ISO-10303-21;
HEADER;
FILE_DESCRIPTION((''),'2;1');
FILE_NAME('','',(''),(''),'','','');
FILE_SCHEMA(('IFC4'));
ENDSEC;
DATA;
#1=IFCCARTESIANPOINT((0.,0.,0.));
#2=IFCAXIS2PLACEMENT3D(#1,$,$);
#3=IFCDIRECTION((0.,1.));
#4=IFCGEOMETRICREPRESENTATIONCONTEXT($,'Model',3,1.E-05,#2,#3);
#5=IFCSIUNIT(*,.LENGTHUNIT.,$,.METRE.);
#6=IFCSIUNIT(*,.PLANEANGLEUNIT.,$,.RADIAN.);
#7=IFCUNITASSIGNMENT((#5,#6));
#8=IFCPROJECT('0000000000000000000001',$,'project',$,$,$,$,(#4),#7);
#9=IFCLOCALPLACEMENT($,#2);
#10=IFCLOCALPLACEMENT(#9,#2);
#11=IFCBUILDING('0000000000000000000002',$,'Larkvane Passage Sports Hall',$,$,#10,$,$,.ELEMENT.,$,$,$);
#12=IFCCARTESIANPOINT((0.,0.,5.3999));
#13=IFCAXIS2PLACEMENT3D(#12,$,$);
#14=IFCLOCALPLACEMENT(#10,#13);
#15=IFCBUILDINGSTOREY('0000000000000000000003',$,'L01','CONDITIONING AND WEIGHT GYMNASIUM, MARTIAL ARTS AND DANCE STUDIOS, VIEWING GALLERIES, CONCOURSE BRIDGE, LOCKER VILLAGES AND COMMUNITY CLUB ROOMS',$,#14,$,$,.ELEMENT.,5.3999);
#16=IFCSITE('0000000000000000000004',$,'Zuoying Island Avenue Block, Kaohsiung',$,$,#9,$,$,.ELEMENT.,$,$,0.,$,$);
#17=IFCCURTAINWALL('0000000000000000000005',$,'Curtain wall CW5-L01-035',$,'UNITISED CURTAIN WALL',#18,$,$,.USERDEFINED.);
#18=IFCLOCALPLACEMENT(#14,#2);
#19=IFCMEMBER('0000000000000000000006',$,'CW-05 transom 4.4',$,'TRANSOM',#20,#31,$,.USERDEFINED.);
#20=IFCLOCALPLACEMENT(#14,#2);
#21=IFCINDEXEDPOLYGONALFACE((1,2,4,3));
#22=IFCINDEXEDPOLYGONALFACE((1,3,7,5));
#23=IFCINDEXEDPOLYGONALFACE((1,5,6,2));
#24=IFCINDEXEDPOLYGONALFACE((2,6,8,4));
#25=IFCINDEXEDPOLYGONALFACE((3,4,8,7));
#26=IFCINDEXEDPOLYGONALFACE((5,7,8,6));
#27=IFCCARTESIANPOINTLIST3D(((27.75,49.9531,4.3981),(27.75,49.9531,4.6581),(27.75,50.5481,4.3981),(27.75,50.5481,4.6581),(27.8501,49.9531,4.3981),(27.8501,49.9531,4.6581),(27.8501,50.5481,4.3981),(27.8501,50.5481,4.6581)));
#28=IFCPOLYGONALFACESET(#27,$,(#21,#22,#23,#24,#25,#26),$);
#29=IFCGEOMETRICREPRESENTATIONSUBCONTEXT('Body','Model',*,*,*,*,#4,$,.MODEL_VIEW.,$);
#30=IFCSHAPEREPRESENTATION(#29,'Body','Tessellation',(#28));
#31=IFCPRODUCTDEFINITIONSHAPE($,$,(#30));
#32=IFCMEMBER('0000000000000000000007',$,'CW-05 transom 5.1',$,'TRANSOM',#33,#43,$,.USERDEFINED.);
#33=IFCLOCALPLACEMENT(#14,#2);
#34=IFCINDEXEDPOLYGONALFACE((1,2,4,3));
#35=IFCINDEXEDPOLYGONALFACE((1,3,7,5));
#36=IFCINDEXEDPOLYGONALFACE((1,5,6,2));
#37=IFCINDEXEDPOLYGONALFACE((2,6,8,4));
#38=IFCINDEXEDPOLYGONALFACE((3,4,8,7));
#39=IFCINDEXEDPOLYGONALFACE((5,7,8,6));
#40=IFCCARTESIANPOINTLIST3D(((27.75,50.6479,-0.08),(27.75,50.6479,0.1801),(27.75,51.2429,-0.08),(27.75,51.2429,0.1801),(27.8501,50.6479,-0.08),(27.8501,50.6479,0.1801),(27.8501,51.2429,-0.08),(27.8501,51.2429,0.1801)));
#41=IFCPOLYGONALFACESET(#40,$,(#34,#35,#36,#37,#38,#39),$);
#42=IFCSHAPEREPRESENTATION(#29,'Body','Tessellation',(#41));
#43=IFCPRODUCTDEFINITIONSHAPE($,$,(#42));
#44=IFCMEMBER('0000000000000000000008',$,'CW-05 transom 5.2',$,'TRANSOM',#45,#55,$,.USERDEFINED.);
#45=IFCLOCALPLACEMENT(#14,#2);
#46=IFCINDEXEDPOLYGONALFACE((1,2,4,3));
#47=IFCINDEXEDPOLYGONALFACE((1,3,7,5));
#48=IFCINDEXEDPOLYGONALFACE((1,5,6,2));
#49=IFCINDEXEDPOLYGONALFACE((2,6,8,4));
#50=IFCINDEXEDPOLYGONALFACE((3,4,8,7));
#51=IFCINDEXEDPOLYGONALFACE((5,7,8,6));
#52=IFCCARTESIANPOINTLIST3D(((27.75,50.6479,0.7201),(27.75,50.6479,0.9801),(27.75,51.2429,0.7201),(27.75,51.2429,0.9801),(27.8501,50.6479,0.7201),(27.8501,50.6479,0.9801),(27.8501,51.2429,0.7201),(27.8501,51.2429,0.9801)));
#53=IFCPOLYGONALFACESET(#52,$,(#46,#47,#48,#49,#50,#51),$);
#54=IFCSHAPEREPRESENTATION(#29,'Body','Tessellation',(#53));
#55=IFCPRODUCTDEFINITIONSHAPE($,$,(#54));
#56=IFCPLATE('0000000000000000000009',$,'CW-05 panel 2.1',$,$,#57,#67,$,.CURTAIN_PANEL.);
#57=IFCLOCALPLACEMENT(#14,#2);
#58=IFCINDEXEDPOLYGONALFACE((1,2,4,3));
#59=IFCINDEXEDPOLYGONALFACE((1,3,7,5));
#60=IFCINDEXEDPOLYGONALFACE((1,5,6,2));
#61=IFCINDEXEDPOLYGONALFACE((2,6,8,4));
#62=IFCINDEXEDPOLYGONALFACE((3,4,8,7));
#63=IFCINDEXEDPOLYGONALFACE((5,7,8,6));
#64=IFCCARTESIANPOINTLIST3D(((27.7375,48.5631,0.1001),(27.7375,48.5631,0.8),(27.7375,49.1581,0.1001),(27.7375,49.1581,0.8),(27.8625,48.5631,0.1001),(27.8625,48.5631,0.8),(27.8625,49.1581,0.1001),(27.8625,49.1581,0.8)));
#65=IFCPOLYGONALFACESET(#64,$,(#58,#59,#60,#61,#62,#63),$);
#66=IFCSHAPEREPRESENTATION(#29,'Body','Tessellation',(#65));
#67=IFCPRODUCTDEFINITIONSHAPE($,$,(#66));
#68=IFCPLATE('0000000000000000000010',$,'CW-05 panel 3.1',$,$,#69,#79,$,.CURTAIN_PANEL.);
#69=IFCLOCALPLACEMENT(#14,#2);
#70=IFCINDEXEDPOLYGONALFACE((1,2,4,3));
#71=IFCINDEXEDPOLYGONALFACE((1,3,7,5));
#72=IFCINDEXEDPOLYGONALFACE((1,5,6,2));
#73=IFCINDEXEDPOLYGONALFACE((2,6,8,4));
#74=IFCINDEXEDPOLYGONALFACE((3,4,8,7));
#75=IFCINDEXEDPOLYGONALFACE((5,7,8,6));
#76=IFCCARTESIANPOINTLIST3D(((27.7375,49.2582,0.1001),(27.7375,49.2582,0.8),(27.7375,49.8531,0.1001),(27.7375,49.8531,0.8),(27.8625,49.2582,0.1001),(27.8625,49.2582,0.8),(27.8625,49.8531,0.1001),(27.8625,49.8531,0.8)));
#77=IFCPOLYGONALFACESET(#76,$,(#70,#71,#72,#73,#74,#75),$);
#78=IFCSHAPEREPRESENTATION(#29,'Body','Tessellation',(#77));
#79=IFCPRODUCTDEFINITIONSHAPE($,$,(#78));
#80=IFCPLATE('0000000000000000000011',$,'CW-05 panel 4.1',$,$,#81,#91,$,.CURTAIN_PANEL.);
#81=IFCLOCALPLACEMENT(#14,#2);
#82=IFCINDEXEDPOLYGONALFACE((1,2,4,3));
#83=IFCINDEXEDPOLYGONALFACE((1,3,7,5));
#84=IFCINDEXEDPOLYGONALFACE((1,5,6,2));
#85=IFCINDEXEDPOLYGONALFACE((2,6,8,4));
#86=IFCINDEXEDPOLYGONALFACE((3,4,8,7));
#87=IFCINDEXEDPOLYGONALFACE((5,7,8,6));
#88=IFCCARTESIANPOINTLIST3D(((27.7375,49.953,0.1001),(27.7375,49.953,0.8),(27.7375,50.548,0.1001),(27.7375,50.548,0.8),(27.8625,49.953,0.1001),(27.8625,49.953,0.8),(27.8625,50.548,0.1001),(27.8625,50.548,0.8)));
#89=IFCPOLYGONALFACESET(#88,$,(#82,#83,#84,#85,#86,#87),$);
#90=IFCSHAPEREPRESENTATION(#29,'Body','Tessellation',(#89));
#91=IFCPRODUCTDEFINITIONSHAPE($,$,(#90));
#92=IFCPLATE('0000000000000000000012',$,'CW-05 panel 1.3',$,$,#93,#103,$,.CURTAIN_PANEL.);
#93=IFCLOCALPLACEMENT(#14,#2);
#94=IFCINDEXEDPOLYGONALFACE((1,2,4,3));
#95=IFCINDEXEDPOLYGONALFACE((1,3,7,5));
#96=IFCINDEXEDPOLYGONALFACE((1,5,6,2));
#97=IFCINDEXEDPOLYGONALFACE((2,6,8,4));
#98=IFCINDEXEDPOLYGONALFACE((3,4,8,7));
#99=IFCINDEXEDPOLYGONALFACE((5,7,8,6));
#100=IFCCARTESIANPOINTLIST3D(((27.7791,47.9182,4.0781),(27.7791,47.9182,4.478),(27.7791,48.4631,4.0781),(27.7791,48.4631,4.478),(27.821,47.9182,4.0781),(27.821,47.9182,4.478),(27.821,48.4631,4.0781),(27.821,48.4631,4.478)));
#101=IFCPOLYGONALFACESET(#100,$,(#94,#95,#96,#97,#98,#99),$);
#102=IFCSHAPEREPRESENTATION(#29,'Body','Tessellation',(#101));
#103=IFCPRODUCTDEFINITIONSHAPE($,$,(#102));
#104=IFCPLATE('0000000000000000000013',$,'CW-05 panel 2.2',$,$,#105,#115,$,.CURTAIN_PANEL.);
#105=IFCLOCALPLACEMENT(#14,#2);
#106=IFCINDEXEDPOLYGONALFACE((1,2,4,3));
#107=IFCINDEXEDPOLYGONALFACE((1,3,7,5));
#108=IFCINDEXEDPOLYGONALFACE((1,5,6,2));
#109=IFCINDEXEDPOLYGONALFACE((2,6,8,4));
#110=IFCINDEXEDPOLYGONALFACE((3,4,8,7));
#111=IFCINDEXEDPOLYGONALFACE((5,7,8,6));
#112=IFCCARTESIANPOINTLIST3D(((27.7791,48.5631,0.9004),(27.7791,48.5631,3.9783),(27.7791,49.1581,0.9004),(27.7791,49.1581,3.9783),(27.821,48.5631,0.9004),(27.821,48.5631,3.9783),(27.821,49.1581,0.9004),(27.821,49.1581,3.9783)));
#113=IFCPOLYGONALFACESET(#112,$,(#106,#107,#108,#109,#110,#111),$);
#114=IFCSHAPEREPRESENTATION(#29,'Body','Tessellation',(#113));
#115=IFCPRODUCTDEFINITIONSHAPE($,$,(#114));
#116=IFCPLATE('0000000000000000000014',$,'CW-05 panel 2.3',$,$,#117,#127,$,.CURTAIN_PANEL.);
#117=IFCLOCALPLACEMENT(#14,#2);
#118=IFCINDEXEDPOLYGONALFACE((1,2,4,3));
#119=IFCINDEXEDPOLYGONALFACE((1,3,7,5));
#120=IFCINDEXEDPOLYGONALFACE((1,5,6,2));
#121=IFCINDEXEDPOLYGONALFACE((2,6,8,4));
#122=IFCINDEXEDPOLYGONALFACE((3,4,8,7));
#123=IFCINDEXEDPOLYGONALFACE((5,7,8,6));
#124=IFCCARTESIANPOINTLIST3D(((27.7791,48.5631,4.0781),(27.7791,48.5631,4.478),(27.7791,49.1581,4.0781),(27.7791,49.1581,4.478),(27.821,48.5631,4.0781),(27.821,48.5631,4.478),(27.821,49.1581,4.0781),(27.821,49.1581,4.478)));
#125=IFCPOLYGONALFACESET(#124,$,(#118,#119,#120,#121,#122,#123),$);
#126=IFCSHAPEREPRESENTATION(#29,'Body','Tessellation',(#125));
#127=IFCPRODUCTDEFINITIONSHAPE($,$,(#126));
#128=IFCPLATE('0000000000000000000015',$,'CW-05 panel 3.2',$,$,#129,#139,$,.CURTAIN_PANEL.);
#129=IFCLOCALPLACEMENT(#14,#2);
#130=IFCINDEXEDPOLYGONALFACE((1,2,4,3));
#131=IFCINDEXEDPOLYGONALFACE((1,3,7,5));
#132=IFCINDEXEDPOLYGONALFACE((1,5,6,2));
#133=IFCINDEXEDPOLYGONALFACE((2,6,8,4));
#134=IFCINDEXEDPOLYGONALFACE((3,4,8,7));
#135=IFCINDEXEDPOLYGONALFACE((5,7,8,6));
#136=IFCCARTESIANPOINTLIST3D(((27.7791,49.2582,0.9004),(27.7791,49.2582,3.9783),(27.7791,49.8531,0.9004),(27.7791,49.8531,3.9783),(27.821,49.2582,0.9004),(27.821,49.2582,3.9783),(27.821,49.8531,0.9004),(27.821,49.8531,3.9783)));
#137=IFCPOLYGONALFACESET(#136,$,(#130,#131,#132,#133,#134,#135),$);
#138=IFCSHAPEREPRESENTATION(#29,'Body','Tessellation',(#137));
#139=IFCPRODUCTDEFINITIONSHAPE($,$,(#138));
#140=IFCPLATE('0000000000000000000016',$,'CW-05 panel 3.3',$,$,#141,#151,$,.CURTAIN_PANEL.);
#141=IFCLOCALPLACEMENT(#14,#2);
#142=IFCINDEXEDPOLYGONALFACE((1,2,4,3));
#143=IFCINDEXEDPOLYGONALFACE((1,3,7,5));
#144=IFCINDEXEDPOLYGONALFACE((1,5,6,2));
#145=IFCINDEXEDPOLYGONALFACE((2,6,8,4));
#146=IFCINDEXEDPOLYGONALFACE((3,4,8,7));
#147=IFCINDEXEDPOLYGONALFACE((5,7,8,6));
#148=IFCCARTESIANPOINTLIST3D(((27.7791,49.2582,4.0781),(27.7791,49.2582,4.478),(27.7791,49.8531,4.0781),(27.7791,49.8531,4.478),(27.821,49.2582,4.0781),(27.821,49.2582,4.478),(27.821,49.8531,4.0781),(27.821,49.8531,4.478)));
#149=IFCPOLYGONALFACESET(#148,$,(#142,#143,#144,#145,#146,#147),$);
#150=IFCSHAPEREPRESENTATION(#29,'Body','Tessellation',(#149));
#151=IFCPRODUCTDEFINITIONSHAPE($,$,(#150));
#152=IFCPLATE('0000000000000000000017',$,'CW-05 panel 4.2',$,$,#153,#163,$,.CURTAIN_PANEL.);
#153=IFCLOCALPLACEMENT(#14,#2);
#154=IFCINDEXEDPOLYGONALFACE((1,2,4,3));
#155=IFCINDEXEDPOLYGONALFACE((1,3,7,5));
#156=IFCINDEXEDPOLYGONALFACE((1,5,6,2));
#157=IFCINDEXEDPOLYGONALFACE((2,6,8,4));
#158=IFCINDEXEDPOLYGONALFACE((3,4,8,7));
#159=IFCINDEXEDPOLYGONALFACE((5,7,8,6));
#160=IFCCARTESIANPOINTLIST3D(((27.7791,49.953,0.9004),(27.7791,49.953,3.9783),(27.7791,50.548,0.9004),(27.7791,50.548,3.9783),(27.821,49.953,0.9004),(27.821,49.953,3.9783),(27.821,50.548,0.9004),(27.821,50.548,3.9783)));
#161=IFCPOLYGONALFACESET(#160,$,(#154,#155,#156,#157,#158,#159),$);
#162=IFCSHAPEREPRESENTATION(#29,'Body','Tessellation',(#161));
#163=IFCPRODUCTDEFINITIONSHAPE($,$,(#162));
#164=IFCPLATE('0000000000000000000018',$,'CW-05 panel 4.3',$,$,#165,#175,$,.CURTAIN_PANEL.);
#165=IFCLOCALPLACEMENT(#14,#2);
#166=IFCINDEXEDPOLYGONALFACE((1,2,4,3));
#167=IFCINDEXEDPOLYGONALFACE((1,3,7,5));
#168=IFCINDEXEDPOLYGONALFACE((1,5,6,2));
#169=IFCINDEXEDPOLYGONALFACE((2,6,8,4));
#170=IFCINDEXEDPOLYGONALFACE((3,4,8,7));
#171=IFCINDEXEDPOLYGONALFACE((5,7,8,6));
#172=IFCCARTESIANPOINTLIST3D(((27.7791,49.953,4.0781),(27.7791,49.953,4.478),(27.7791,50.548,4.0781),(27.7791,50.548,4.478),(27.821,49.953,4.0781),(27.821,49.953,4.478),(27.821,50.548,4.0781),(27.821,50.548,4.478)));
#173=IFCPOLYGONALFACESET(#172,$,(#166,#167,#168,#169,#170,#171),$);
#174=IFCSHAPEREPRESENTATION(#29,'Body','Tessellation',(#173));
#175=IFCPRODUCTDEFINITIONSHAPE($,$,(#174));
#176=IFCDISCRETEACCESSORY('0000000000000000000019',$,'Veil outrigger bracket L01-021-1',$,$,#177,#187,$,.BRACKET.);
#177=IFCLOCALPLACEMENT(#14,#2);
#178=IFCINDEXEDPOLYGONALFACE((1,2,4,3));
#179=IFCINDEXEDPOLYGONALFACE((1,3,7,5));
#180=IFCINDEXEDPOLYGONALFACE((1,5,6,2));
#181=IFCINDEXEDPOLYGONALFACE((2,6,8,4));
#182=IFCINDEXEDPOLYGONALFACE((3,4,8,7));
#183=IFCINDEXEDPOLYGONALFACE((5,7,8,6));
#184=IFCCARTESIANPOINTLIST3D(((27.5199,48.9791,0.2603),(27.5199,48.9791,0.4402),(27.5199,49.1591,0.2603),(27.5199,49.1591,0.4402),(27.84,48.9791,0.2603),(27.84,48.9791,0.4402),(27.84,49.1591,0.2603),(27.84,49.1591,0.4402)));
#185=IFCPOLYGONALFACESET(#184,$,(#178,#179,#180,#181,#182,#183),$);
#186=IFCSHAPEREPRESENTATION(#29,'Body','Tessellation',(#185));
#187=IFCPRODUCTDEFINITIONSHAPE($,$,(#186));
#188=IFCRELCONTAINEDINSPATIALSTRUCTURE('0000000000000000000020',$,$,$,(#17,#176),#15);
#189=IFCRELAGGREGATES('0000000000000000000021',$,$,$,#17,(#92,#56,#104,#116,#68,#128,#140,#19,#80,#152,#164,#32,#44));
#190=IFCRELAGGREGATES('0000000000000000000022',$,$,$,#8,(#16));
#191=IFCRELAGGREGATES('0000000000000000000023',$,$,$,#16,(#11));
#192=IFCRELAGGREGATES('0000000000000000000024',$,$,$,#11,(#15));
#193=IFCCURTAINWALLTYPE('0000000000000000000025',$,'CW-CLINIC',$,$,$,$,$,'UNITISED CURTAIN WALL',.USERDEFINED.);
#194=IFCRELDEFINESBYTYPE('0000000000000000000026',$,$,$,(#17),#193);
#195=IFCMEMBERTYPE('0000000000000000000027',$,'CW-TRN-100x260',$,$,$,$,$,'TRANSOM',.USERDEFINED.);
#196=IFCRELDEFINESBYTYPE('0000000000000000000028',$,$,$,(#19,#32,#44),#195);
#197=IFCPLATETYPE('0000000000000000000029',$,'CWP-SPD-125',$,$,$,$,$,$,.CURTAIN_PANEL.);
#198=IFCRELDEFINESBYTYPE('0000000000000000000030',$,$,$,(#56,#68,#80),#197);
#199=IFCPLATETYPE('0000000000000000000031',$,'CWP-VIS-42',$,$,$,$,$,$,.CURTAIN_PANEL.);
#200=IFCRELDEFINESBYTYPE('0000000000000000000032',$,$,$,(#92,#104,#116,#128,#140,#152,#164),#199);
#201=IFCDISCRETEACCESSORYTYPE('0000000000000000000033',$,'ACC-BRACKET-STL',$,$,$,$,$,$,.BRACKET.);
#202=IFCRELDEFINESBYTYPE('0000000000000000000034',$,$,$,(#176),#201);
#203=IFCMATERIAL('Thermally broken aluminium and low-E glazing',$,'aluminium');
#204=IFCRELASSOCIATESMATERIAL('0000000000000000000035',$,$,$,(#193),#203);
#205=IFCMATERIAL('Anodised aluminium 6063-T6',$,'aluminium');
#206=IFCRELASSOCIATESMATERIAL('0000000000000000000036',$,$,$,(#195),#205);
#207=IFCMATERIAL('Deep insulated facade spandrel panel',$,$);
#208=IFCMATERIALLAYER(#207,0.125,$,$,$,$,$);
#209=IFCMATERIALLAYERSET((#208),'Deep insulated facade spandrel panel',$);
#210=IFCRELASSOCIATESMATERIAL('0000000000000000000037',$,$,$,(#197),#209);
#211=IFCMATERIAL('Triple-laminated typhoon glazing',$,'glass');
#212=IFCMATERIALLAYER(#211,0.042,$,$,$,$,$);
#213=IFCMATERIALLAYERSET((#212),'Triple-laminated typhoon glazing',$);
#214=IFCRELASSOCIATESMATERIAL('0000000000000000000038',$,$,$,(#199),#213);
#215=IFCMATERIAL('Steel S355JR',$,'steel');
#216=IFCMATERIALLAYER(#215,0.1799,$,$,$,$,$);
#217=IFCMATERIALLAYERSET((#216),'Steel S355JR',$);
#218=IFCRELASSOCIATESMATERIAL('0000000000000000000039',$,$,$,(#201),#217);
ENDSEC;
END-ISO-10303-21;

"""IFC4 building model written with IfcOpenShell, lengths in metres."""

from ifc_helpers import new_model, si_unit, direction, frame, origin, origin_2d, place, context, subcontext, project, spatial, rectangle, extrude, material, layer, layer_set, material_profile, profile_set, type_object, element, aggregate, save


model = new_model("IFC4")

# Units and contexts
model_context = context("Model", 3, precision=1e-05, world=origin(), true_north=direction((0.0, 1.0)))
body_context = subcontext(model_context, "Body", "Model", "MODEL_VIEW")
ifc_project = project(units=[si_unit("LENGTHUNIT", "METRE"), si_unit("PLANEANGLEUNIT", "RADIAN")], contexts=[model_context])

# Site, building, storey
site_placement = place(None, origin())
site = spatial("IfcSite", under=ifc_project, at=site_placement, Name="Zuoying Island Avenue Block, Kaohsiung", CompositionType="ELEMENT", RefElevation=0.0)
building_placement = place(site_placement, origin())
building = spatial("IfcBuilding", under=site, at=building_placement, Name="Larkvane Passage Sports Hall", CompositionType="ELEMENT")
storey_placement = place(building_placement, frame((0.0, 0.0, 5.3999)))
storey = spatial("IfcBuildingStorey", under=building, at=storey_placement, Name="L01", Description="CONDITIONING AND WEIGHT GYMNASIUM, MARTIAL ARTS AND DANCE STUDIOS, VIEWING GALLERIES, CONCOURSE BRIDGE, LOCKER VILLAGES AND COMMUNITY CLUB ROOMS", CompositionType="ELEMENT", Elevation=5.3999)

# Curtain wall, members, plates
ifc_material_1 = material(Name="Thermally broken aluminium and low-E glazing", Category="aluminium")
curtain_wall_type = type_object("IfcCurtainWallType", Name="CW-CLINIC", ElementType="UNITISED CURTAIN WALL", PredefinedType="USERDEFINED", material=ifc_material_1)
curtain_wall_placement = place(storey_placement, origin())
curtain_wall = element("IfcCurtainWall", 1, at=curtain_wall_placement, inside=storey, type_object=curtain_wall_type, Name="Curtain wall CW5-L01-035", ObjectType="UNITISED CURTAIN WALL", PredefinedType="USERDEFINED")
ifc_material_2 = material(Name="Anodised aluminium 6063-T6", Category="aluminium")
ifc_material_profile_1 = material_profile(ifc_material_2, rectangle(XDim=0.1001, YDim=0.26, at=origin_2d()), Name="ALU-TRN-100x260")
ifc_profile_set_1 = profile_set([ifc_material_profile_1], Name="Anodised aluminium 6063-T6")
member_type_1 = type_object("IfcMemberType", Name="CW-TRN-100x260", ElementType="TRANSOM", PredefinedType="USERDEFINED", material=ifc_profile_set_1)
member_1_placement = place(storey_placement, frame((27.8, 49.9531, 4.5281), z_axis=(0.0, 1.0, 0.0), x_axis=(-1.0, 0.0, 0.0)))
member_1 = element("IfcMember", 2, at=member_1_placement, type_object=member_type_1, Name="CW-05 transom 4.4", ObjectType="TRANSOM", PredefinedType="USERDEFINED", context=body_context, shape_type="SweptSolid", body=[
    extrude(rectangle(XDim=0.1001, YDim=0.26, at=origin_2d()), origin(), (0.0, 0.0, 1.0), 0.595),
])
member_2_placement = place(storey_placement, frame((27.8, 50.6479, 0.05), z_axis=(0.0, 1.0, 0.0), x_axis=(-1.0, 0.0, 0.0)))
member_2 = element("IfcMember", 3, at=member_2_placement, type_object=member_type_1, Name="CW-05 transom 5.1", ObjectType="TRANSOM", PredefinedType="USERDEFINED", context=body_context, shape_type="SweptSolid", body=[
    extrude(rectangle(XDim=0.1001, YDim=0.26, at=origin_2d()), origin(), (0.0, 0.0, 1.0), 0.595),
])
member_3_placement = place(storey_placement, frame((27.8, 50.6479, 0.8501), z_axis=(0.0, 1.0, 0.0), x_axis=(-1.0, 0.0, 0.0)))
member_3 = element("IfcMember", 4, at=member_3_placement, type_object=member_type_1, Name="CW-05 transom 5.2", ObjectType="TRANSOM", PredefinedType="USERDEFINED", context=body_context, shape_type="SweptSolid", body=[
    extrude(rectangle(XDim=0.1001, YDim=0.26, at=origin_2d()), origin(), (0.0, 0.0, 1.0), 0.595),
])
ifc_material_3 = material(Name="Deep insulated facade spandrel panel")
ifc_layer_1 = layer(ifc_material_3, 0.125)
ifc_layer_set_1 = layer_set([ifc_layer_1], Name="Deep insulated facade spandrel panel")
plate_type_1 = type_object("IfcPlateType", Name="CWP-SPD-125", PredefinedType="CURTAIN_PANEL", material=ifc_layer_set_1)
plate_1_placement = place(storey_placement, frame((27.8, 48.8606, 0.1001), z_axis=(0.0, 0.0, 1.0), x_axis=(0.0, 1.0, 0.0)))
plate_1 = element("IfcPlate", 5, at=plate_1_placement, type_object=plate_type_1, Name="CW-05 panel 2.1", PredefinedType="CURTAIN_PANEL", context=body_context, shape_type="SweptSolid", body=[
    extrude(rectangle(XDim=0.595, YDim=0.125, at=origin_2d()), origin(), (0.0, 0.0, 1.0), 0.7),
])
plate_2_placement = place(storey_placement, frame((27.8, 49.5557, 0.1001), z_axis=(0.0, 0.0, 1.0), x_axis=(0.0, 1.0, 0.0)))
plate_2 = element("IfcPlate", 6, at=plate_2_placement, type_object=plate_type_1, Name="CW-05 panel 3.1", PredefinedType="CURTAIN_PANEL", context=body_context, shape_type="SweptSolid", body=[
    extrude(rectangle(XDim=0.595, YDim=0.125, at=origin_2d()), origin(), (0.0, 0.0, 1.0), 0.7),
])
plate_3_placement = place(storey_placement, frame((27.8, 50.2505, 0.1001), z_axis=(0.0, 0.0, 1.0), x_axis=(0.0, 1.0, 0.0)))
plate_3 = element("IfcPlate", 7, at=plate_3_placement, type_object=plate_type_1, Name="CW-05 panel 4.1", PredefinedType="CURTAIN_PANEL", context=body_context, shape_type="SweptSolid", body=[
    extrude(rectangle(XDim=0.595, YDim=0.125, at=origin_2d()), origin(), (0.0, 0.0, 1.0), 0.7),
])
ifc_material_4 = material(Name="Triple-laminated typhoon glazing", Category="glass")
ifc_layer_2 = layer(ifc_material_4, 0.042)
ifc_layer_set_2 = layer_set([ifc_layer_2], Name="Triple-laminated typhoon glazing")
plate_type_2 = type_object("IfcPlateType", Name="CWP-VIS-42", PredefinedType="CURTAIN_PANEL", material=ifc_layer_set_2)
plate_4_placement = place(storey_placement, frame((27.8, 48.1907, 4.0781), z_axis=(0.0, 0.0, 1.0), x_axis=(0.0, 1.0, 0.0)))
plate_4 = element("IfcPlate", 8, at=plate_4_placement, type_object=plate_type_2, Name="CW-05 panel 1.3", PredefinedType="CURTAIN_PANEL", context=body_context, shape_type="SweptSolid", body=[
    extrude(rectangle(XDim=0.5449, YDim=0.042, at=origin_2d()), origin(), (0.0, 0.0, 1.0), 0.3999),
])
plate_5_placement = place(storey_placement, frame((27.8, 48.8606, 0.9004), z_axis=(0.0, 0.0, 1.0), x_axis=(0.0, 1.0, 0.0)))
plate_5 = element("IfcPlate", 9, at=plate_5_placement, type_object=plate_type_2, Name="CW-05 panel 2.2", PredefinedType="CURTAIN_PANEL", context=body_context, shape_type="SweptSolid", body=[
    extrude(rectangle(XDim=0.595, YDim=0.042, at=origin_2d()), origin(), (0.0, 0.0, 1.0), 3.0779),
])
plate_6_placement = place(storey_placement, frame((27.8, 48.8606, 4.0781), z_axis=(0.0, 0.0, 1.0), x_axis=(0.0, 1.0, 0.0)))
plate_6 = element("IfcPlate", 10, at=plate_6_placement, type_object=plate_type_2, Name="CW-05 panel 2.3", PredefinedType="CURTAIN_PANEL", context=body_context, shape_type="SweptSolid", body=[
    extrude(rectangle(XDim=0.595, YDim=0.042, at=origin_2d()), origin(), (0.0, 0.0, 1.0), 0.3999),
])
plate_7_placement = place(storey_placement, frame((27.8, 49.5557, 0.9004), z_axis=(0.0, 0.0, 1.0), x_axis=(0.0, 1.0, 0.0)))
plate_7 = element("IfcPlate", 11, at=plate_7_placement, type_object=plate_type_2, Name="CW-05 panel 3.2", PredefinedType="CURTAIN_PANEL", context=body_context, shape_type="SweptSolid", body=[
    extrude(rectangle(XDim=0.595, YDim=0.042, at=origin_2d()), origin(), (0.0, 0.0, 1.0), 3.0779),
])
plate_8_placement = place(storey_placement, frame((27.8, 49.5557, 4.0781), z_axis=(0.0, 0.0, 1.0), x_axis=(0.0, 1.0, 0.0)))
plate_8 = element("IfcPlate", 12, at=plate_8_placement, type_object=plate_type_2, Name="CW-05 panel 3.3", PredefinedType="CURTAIN_PANEL", context=body_context, shape_type="SweptSolid", body=[
    extrude(rectangle(XDim=0.595, YDim=0.042, at=origin_2d()), origin(), (0.0, 0.0, 1.0), 0.3999),
])
plate_9_placement = place(storey_placement, frame((27.8, 50.2505, 0.9004), z_axis=(0.0, 0.0, 1.0), x_axis=(0.0, 1.0, 0.0)))
plate_9 = element("IfcPlate", 13, at=plate_9_placement, type_object=plate_type_2, Name="CW-05 panel 4.2", PredefinedType="CURTAIN_PANEL", context=body_context, shape_type="SweptSolid", body=[
    extrude(rectangle(XDim=0.595, YDim=0.042, at=origin_2d()), origin(), (0.0, 0.0, 1.0), 3.0779),
])
plate_10_placement = place(storey_placement, frame((27.8, 50.2505, 4.0781), z_axis=(0.0, 0.0, 1.0), x_axis=(0.0, 1.0, 0.0)))
plate_10 = element("IfcPlate", 14, at=plate_10_placement, type_object=plate_type_2, Name="CW-05 panel 4.3", PredefinedType="CURTAIN_PANEL", context=body_context, shape_type="SweptSolid", body=[
    extrude(rectangle(XDim=0.595, YDim=0.042, at=origin_2d()), origin(), (0.0, 0.0, 1.0), 0.3999),
])
aggregate(curtain_wall, [plate_4, plate_1, plate_5, plate_6, plate_2, plate_7, plate_8, member_1, plate_3, plate_9, plate_10, member_2, member_3])

# Discrete accessory
ifc_material_5 = material(Name="Steel S355JR", Category="steel")
ifc_layer_3 = layer(ifc_material_5, 0.1799)
ifc_layer_set_3 = layer_set([ifc_layer_3], Name="Steel S355JR")
discrete_accessory_type = type_object("IfcDiscreteAccessoryType", Name="ACC-BRACKET-STL", PredefinedType="BRACKET", material=ifc_layer_set_3)
discrete_accessory_placement = place(storey_placement, frame((27.6799, 49.0691, 0.2603), z_axis=(0.0, 0.0, 1.0), x_axis=(0.0, 1.0, 0.0)))
element("IfcDiscreteAccessory", 15, at=discrete_accessory_placement, inside=storey, type_object=discrete_accessory_type, Name="Veil outrigger bracket L01-021-1", PredefinedType="BRACKET", context=body_context, shape_type="SweptSolid", body=[
    extrude(rectangle(XDim=0.1799, YDim=0.3201, at=origin_2d()), origin(), (0.0, 0.0, 1.0), 0.1799),
])

save(model, "model.ifc")
